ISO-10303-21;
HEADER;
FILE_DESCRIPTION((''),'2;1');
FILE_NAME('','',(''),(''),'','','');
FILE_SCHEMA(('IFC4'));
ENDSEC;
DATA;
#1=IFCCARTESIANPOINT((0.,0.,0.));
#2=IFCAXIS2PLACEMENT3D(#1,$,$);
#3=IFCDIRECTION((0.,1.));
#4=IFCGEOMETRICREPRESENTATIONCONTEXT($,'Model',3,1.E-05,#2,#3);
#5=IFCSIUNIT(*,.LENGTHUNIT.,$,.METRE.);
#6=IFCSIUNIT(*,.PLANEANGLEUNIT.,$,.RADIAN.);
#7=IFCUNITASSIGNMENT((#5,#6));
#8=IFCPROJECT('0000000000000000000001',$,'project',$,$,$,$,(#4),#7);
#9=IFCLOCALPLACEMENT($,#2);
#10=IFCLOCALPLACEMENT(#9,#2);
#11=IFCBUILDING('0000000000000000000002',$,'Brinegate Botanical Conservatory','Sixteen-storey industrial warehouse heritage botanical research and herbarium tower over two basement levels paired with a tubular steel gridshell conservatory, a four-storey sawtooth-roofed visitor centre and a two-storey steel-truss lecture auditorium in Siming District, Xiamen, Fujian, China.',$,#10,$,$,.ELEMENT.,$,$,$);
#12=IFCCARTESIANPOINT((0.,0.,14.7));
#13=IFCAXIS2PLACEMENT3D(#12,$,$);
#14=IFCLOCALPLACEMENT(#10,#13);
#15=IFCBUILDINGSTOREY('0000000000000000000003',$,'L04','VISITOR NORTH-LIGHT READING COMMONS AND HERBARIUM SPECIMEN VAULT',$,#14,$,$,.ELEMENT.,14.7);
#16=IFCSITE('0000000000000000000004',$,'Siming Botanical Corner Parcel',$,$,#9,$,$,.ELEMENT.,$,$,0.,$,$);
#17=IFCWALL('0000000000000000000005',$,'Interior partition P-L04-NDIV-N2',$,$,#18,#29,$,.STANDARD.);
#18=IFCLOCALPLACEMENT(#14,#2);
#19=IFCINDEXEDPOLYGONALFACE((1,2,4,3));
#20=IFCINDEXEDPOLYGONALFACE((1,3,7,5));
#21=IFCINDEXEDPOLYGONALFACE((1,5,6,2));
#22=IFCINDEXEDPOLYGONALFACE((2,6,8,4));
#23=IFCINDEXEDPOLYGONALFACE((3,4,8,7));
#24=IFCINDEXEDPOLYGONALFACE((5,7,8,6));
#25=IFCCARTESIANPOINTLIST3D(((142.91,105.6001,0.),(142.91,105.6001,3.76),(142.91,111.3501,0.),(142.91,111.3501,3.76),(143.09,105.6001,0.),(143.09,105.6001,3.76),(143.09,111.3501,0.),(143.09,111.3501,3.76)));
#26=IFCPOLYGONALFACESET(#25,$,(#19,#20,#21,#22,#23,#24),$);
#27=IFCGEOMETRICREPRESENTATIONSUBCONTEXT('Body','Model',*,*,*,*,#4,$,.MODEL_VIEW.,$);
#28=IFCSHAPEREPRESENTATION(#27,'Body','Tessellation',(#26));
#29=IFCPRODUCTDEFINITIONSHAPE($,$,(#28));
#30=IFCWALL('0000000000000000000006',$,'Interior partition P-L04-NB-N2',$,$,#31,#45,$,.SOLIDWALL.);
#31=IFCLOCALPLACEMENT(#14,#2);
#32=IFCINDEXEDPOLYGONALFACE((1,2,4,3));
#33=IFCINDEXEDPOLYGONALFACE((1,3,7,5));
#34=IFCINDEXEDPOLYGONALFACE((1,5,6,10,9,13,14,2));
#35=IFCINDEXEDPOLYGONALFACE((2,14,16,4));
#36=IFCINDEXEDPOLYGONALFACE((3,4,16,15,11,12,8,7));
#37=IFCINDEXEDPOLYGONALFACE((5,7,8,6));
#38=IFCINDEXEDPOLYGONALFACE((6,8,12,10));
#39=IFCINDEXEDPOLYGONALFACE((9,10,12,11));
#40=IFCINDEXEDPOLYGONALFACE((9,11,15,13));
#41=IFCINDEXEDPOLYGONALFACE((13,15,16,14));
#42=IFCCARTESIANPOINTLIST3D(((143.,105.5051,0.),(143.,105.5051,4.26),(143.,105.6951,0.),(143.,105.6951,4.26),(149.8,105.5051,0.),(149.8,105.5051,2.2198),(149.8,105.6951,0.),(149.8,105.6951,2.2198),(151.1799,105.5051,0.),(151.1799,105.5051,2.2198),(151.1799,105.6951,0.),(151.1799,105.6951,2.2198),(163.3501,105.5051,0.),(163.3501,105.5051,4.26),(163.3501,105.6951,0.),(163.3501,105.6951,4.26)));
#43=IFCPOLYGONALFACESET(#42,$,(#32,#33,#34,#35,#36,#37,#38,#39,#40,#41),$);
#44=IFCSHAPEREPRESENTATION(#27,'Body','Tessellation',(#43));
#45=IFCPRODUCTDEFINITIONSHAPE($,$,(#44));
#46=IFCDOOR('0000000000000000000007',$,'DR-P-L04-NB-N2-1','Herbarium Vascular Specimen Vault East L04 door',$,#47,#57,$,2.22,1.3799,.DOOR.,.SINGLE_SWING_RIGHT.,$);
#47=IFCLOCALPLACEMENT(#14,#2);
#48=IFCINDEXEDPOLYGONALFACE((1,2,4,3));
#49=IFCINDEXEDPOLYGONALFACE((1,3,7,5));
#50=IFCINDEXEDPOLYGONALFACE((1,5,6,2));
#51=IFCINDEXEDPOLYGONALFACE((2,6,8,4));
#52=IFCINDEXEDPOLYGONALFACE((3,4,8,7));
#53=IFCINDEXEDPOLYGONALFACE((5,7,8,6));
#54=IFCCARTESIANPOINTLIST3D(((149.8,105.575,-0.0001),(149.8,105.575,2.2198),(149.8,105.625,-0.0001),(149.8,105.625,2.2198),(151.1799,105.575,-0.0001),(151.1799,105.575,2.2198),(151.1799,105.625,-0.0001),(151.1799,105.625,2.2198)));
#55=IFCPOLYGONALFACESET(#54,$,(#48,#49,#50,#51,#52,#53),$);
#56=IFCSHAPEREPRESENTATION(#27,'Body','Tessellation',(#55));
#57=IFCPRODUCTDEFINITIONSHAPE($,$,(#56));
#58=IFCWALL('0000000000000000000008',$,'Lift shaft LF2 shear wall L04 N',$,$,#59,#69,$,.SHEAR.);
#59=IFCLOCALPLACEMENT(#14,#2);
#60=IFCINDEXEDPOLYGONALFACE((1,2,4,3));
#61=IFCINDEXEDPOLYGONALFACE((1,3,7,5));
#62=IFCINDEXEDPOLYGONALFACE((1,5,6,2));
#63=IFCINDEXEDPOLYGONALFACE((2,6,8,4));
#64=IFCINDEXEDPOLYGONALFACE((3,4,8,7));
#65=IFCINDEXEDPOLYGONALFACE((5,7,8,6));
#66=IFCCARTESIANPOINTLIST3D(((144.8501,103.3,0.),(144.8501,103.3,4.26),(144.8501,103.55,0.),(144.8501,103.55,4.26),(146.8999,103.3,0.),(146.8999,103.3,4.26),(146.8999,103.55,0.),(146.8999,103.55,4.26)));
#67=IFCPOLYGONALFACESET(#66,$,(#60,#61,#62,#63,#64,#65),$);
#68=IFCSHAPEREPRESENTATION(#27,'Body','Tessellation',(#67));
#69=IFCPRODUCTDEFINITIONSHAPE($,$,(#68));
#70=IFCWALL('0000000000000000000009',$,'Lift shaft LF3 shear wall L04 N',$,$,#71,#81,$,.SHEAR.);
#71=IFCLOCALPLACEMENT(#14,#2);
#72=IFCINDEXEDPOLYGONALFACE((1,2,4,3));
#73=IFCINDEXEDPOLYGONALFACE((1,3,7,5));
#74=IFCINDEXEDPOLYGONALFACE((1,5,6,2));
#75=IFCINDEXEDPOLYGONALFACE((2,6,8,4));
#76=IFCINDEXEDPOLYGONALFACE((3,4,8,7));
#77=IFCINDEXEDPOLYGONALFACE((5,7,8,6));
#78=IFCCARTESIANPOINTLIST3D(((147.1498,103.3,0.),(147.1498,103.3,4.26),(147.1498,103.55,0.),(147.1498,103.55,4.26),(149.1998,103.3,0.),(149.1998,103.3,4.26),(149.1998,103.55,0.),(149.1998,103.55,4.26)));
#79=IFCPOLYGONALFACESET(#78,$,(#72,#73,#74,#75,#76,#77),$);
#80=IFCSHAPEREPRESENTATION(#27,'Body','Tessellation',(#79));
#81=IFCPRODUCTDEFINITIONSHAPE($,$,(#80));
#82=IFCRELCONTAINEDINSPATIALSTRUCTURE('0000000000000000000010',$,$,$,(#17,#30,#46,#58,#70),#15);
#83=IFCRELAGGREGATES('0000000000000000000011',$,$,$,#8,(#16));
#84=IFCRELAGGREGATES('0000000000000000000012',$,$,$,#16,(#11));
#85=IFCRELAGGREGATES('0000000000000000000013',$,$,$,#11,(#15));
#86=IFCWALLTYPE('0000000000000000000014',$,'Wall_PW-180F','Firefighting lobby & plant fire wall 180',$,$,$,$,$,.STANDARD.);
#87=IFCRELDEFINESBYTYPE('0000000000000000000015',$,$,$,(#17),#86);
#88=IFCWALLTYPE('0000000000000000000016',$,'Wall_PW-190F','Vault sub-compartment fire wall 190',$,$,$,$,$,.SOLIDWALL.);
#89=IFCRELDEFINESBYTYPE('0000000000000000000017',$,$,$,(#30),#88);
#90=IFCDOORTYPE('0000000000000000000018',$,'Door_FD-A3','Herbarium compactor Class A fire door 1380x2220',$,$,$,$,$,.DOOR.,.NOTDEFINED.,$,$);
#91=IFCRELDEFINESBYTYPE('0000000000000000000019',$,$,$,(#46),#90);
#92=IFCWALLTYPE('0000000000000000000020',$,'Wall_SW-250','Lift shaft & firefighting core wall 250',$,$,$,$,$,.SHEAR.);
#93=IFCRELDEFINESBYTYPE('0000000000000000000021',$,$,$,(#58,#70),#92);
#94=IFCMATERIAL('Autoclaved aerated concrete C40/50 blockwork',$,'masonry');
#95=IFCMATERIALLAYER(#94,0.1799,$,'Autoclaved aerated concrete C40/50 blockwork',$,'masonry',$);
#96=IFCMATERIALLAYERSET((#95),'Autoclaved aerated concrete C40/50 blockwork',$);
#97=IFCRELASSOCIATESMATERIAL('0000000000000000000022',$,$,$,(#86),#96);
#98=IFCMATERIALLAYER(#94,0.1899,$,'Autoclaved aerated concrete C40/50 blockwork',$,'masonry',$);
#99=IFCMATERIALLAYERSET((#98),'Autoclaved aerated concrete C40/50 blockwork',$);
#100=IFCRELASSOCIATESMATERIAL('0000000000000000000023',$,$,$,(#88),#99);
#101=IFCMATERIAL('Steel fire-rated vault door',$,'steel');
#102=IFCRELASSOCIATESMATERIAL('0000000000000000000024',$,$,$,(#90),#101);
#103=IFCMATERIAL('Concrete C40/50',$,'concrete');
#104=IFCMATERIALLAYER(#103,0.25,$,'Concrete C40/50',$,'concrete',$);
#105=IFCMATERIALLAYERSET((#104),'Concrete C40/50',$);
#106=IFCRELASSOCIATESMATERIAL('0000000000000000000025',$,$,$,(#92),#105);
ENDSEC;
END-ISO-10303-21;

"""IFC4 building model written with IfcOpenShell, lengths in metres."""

from ifc_helpers import new_model, si_unit, direction, frame, frame_2d, origin, place, context, subcontext, project, spatial, rectangle, extrude, material, layer, layer_set, type_object, element, fill, save


model = new_model("IFC4")

# Units and contexts
model_context = context("Model", 3, precision=1e-05, world=origin(), true_north=direction((0.0, 1.0)))
body_context = subcontext(model_context, "Body", "Model", "MODEL_VIEW")
ifc_project = project(units=[si_unit("LENGTHUNIT", "METRE"), si_unit("PLANEANGLEUNIT", "RADIAN")], contexts=[model_context])

# Site, building, storey
site_placement = place(None, origin())
site = spatial("IfcSite", under=ifc_project, at=site_placement, Name="Siming Botanical Corner Parcel", CompositionType="ELEMENT", RefElevation=0.0)
building_placement = place(site_placement, origin())
building = spatial("IfcBuilding", under=site, at=building_placement, Name="Brinegate Botanical Conservatory", Description="Sixteen-storey industrial warehouse heritage botanical research and herbarium tower over two basement levels paired with a tubular steel gridshell conservatory, a four-storey sawtooth-roofed visitor centre and a two-storey steel-truss lecture auditorium in Siming District, Xiamen, Fujian, China.", CompositionType="ELEMENT")
storey_placement = place(building_placement, frame((0.0, 0.0, 14.7)))
storey = spatial("IfcBuildingStorey", under=building, at=storey_placement, Name="L04", Description="VISITOR NORTH-LIGHT READING COMMONS AND HERBARIUM SPECIMEN VAULT", CompositionType="ELEMENT", Elevation=14.7)

# Shared definitions
ifc_material_1 = material(Name="Concrete C40/50", Category="concrete")

# Wall
ifc_material_2 = material(Name="Autoclaved aerated concrete C40/50 blockwork", Category="masonry")
ifc_layer_1 = layer(ifc_material_2, 0.1799, Name="Autoclaved aerated concrete C40/50 blockwork", Category="masonry")
ifc_layer_set_1 = layer_set([ifc_layer_1], Name="Autoclaved aerated concrete C40/50 blockwork")
wall_type_1 = type_object("IfcWallType", Name="Wall_PW-180F", Description="Firefighting lobby & plant fire wall 180", PredefinedType="STANDARD", material=ifc_layer_set_1)
wall_1_placement = place(storey_placement, frame((143.0, 105.6001, 0.0), z_axis=(0.0, 0.0, 1.0), x_axis=(0.0, 1.0, 0.0)))
element("IfcWall", 1, at=wall_1_placement, inside=storey, type_object=wall_type_1, Name="Interior partition P-L04-NDIV-N2", PredefinedType="STANDARD", context=body_context, shape_type="SweptSolid", body=[
    extrude(rectangle(XDim=5.75, YDim=0.1799, at=frame_2d((2.875, 0.0))), origin(), (0.0, 0.0, 1.0), 3.76),
])

# Wall, opening, door
ifc_layer_2 = layer(ifc_material_2, 0.1899, Name="Autoclaved aerated concrete C40/50 blockwork", Category="masonry")
ifc_layer_set_2 = layer_set([ifc_layer_2], Name="Autoclaved aerated concrete C40/50 blockwork")
wall_type_2 = type_object("IfcWallType", Name="Wall_PW-190F", Description="Vault sub-compartment fire wall 190", PredefinedType="SOLIDWALL", material=ifc_layer_set_2)
wall_2_placement = place(storey_placement, frame((143.0, 105.6001, 0.0), z_axis=(0.0, 0.0, 1.0), x_axis=(1.0, 0.0, 0.0)))
wall_2 = element("IfcWall", 2, at=wall_2_placement, inside=storey, type_object=wall_type_2, Name="Interior partition P-L04-NB-N2", PredefinedType="SOLIDWALL", context=body_context, shape_type="SweptSolid", body=[
    extrude(rectangle(XDim=20.3501, YDim=0.1899, at=frame_2d((10.175, 0.0))), origin(), (0.0, 0.0, 1.0), 4.26),
])
opening_1_placement = place(wall_2_placement, frame((6.8, 0.0, 0.0)))
opening_1 = element("IfcOpeningElement", 3, at=opening_1_placement, cuts=wall_2, PredefinedType="OPENING", context=body_context, shape_type="SweptSolid", body=[
    extrude(rectangle(XDim=1.3799, YDim=2.22, at=frame_2d((0.6899, 1.1099))), frame((0.0, 0.105, 0.0), z_axis=(0.0, -1.0, 0.0), x_axis=(1.0, 0.0, 0.0)), (0.0, 0.0, 1.0), 0.21),
])
ifc_material_3 = material(Name="Steel fire-rated vault door", Category="steel")
door_type = type_object("IfcDoorType", Name="Door_FD-A3", Description="Herbarium compactor Class A fire door 1380x2220", OperationType="NOTDEFINED", PredefinedType="DOOR", material=ifc_material_3)
door_placement = place(opening_1_placement, origin())
door = element("IfcDoor", 4, at=door_placement, inside=storey, type_object=door_type, Name="DR-P-L04-NB-N2-1", Description="Herbarium Vascular Specimen Vault East L04 door", OperationType="SINGLE_SWING_RIGHT", OverallHeight=2.22, OverallWidth=1.3799, PredefinedType="DOOR", context=body_context, shape_type="SweptSolid", body=[
    extrude(rectangle(XDim=1.3799, YDim=2.22, at=frame_2d((0.6899, 1.1099))), frame((0.0, 0.0249, 0.0), z_axis=(0.0, -1.0, 0.0), x_axis=(1.0, 0.0, 0.0)), (0.0, 0.0, 1.0), 0.05),
])
fill(opening_1, door)

# Walls
ifc_layer_3 = layer(ifc_material_1, 0.25, Name="Concrete C40/50", Category="concrete")
ifc_layer_set_3 = layer_set([ifc_layer_3], Name="Concrete C40/50")
wall_type_3 = type_object("IfcWallType", Name="Wall_SW-250", Description="Lift shaft & firefighting core wall 250", PredefinedType="SHEAR", material=ifc_layer_set_3)
wall_3_placement = place(storey_placement, frame((144.8501, 103.425, 0.0), z_axis=(0.0, 0.0, 1.0), x_axis=(1.0, 0.0, 0.0)))
element("IfcWall", 5, at=wall_3_placement, inside=storey, type_object=wall_type_3, Name="Lift shaft LF2 shear wall L04 N", PredefinedType="SHEAR", context=body_context, shape_type="SweptSolid", body=[
    extrude(rectangle(XDim=2.0498, YDim=0.25, at=frame_2d((1.0249, 0.0))), origin(), (0.0, 0.0, 1.0), 4.26),
])
wall_4_placement = place(storey_placement, frame((147.1499, 103.425, 0.0), z_axis=(0.0, 0.0, 1.0), x_axis=(1.0, 0.0, 0.0)))
element("IfcWall", 6, at=wall_4_placement, inside=storey, type_object=wall_type_3, Name="Lift shaft LF3 shear wall L04 N", PredefinedType="SHEAR", context=body_context, shape_type="SweptSolid", body=[
    extrude(rectangle(XDim=2.05, YDim=0.25, at=frame_2d((1.0249, 0.0))), origin(), (0.0, 0.0, 1.0), 4.26),
])

save(model, "model.ifc")
